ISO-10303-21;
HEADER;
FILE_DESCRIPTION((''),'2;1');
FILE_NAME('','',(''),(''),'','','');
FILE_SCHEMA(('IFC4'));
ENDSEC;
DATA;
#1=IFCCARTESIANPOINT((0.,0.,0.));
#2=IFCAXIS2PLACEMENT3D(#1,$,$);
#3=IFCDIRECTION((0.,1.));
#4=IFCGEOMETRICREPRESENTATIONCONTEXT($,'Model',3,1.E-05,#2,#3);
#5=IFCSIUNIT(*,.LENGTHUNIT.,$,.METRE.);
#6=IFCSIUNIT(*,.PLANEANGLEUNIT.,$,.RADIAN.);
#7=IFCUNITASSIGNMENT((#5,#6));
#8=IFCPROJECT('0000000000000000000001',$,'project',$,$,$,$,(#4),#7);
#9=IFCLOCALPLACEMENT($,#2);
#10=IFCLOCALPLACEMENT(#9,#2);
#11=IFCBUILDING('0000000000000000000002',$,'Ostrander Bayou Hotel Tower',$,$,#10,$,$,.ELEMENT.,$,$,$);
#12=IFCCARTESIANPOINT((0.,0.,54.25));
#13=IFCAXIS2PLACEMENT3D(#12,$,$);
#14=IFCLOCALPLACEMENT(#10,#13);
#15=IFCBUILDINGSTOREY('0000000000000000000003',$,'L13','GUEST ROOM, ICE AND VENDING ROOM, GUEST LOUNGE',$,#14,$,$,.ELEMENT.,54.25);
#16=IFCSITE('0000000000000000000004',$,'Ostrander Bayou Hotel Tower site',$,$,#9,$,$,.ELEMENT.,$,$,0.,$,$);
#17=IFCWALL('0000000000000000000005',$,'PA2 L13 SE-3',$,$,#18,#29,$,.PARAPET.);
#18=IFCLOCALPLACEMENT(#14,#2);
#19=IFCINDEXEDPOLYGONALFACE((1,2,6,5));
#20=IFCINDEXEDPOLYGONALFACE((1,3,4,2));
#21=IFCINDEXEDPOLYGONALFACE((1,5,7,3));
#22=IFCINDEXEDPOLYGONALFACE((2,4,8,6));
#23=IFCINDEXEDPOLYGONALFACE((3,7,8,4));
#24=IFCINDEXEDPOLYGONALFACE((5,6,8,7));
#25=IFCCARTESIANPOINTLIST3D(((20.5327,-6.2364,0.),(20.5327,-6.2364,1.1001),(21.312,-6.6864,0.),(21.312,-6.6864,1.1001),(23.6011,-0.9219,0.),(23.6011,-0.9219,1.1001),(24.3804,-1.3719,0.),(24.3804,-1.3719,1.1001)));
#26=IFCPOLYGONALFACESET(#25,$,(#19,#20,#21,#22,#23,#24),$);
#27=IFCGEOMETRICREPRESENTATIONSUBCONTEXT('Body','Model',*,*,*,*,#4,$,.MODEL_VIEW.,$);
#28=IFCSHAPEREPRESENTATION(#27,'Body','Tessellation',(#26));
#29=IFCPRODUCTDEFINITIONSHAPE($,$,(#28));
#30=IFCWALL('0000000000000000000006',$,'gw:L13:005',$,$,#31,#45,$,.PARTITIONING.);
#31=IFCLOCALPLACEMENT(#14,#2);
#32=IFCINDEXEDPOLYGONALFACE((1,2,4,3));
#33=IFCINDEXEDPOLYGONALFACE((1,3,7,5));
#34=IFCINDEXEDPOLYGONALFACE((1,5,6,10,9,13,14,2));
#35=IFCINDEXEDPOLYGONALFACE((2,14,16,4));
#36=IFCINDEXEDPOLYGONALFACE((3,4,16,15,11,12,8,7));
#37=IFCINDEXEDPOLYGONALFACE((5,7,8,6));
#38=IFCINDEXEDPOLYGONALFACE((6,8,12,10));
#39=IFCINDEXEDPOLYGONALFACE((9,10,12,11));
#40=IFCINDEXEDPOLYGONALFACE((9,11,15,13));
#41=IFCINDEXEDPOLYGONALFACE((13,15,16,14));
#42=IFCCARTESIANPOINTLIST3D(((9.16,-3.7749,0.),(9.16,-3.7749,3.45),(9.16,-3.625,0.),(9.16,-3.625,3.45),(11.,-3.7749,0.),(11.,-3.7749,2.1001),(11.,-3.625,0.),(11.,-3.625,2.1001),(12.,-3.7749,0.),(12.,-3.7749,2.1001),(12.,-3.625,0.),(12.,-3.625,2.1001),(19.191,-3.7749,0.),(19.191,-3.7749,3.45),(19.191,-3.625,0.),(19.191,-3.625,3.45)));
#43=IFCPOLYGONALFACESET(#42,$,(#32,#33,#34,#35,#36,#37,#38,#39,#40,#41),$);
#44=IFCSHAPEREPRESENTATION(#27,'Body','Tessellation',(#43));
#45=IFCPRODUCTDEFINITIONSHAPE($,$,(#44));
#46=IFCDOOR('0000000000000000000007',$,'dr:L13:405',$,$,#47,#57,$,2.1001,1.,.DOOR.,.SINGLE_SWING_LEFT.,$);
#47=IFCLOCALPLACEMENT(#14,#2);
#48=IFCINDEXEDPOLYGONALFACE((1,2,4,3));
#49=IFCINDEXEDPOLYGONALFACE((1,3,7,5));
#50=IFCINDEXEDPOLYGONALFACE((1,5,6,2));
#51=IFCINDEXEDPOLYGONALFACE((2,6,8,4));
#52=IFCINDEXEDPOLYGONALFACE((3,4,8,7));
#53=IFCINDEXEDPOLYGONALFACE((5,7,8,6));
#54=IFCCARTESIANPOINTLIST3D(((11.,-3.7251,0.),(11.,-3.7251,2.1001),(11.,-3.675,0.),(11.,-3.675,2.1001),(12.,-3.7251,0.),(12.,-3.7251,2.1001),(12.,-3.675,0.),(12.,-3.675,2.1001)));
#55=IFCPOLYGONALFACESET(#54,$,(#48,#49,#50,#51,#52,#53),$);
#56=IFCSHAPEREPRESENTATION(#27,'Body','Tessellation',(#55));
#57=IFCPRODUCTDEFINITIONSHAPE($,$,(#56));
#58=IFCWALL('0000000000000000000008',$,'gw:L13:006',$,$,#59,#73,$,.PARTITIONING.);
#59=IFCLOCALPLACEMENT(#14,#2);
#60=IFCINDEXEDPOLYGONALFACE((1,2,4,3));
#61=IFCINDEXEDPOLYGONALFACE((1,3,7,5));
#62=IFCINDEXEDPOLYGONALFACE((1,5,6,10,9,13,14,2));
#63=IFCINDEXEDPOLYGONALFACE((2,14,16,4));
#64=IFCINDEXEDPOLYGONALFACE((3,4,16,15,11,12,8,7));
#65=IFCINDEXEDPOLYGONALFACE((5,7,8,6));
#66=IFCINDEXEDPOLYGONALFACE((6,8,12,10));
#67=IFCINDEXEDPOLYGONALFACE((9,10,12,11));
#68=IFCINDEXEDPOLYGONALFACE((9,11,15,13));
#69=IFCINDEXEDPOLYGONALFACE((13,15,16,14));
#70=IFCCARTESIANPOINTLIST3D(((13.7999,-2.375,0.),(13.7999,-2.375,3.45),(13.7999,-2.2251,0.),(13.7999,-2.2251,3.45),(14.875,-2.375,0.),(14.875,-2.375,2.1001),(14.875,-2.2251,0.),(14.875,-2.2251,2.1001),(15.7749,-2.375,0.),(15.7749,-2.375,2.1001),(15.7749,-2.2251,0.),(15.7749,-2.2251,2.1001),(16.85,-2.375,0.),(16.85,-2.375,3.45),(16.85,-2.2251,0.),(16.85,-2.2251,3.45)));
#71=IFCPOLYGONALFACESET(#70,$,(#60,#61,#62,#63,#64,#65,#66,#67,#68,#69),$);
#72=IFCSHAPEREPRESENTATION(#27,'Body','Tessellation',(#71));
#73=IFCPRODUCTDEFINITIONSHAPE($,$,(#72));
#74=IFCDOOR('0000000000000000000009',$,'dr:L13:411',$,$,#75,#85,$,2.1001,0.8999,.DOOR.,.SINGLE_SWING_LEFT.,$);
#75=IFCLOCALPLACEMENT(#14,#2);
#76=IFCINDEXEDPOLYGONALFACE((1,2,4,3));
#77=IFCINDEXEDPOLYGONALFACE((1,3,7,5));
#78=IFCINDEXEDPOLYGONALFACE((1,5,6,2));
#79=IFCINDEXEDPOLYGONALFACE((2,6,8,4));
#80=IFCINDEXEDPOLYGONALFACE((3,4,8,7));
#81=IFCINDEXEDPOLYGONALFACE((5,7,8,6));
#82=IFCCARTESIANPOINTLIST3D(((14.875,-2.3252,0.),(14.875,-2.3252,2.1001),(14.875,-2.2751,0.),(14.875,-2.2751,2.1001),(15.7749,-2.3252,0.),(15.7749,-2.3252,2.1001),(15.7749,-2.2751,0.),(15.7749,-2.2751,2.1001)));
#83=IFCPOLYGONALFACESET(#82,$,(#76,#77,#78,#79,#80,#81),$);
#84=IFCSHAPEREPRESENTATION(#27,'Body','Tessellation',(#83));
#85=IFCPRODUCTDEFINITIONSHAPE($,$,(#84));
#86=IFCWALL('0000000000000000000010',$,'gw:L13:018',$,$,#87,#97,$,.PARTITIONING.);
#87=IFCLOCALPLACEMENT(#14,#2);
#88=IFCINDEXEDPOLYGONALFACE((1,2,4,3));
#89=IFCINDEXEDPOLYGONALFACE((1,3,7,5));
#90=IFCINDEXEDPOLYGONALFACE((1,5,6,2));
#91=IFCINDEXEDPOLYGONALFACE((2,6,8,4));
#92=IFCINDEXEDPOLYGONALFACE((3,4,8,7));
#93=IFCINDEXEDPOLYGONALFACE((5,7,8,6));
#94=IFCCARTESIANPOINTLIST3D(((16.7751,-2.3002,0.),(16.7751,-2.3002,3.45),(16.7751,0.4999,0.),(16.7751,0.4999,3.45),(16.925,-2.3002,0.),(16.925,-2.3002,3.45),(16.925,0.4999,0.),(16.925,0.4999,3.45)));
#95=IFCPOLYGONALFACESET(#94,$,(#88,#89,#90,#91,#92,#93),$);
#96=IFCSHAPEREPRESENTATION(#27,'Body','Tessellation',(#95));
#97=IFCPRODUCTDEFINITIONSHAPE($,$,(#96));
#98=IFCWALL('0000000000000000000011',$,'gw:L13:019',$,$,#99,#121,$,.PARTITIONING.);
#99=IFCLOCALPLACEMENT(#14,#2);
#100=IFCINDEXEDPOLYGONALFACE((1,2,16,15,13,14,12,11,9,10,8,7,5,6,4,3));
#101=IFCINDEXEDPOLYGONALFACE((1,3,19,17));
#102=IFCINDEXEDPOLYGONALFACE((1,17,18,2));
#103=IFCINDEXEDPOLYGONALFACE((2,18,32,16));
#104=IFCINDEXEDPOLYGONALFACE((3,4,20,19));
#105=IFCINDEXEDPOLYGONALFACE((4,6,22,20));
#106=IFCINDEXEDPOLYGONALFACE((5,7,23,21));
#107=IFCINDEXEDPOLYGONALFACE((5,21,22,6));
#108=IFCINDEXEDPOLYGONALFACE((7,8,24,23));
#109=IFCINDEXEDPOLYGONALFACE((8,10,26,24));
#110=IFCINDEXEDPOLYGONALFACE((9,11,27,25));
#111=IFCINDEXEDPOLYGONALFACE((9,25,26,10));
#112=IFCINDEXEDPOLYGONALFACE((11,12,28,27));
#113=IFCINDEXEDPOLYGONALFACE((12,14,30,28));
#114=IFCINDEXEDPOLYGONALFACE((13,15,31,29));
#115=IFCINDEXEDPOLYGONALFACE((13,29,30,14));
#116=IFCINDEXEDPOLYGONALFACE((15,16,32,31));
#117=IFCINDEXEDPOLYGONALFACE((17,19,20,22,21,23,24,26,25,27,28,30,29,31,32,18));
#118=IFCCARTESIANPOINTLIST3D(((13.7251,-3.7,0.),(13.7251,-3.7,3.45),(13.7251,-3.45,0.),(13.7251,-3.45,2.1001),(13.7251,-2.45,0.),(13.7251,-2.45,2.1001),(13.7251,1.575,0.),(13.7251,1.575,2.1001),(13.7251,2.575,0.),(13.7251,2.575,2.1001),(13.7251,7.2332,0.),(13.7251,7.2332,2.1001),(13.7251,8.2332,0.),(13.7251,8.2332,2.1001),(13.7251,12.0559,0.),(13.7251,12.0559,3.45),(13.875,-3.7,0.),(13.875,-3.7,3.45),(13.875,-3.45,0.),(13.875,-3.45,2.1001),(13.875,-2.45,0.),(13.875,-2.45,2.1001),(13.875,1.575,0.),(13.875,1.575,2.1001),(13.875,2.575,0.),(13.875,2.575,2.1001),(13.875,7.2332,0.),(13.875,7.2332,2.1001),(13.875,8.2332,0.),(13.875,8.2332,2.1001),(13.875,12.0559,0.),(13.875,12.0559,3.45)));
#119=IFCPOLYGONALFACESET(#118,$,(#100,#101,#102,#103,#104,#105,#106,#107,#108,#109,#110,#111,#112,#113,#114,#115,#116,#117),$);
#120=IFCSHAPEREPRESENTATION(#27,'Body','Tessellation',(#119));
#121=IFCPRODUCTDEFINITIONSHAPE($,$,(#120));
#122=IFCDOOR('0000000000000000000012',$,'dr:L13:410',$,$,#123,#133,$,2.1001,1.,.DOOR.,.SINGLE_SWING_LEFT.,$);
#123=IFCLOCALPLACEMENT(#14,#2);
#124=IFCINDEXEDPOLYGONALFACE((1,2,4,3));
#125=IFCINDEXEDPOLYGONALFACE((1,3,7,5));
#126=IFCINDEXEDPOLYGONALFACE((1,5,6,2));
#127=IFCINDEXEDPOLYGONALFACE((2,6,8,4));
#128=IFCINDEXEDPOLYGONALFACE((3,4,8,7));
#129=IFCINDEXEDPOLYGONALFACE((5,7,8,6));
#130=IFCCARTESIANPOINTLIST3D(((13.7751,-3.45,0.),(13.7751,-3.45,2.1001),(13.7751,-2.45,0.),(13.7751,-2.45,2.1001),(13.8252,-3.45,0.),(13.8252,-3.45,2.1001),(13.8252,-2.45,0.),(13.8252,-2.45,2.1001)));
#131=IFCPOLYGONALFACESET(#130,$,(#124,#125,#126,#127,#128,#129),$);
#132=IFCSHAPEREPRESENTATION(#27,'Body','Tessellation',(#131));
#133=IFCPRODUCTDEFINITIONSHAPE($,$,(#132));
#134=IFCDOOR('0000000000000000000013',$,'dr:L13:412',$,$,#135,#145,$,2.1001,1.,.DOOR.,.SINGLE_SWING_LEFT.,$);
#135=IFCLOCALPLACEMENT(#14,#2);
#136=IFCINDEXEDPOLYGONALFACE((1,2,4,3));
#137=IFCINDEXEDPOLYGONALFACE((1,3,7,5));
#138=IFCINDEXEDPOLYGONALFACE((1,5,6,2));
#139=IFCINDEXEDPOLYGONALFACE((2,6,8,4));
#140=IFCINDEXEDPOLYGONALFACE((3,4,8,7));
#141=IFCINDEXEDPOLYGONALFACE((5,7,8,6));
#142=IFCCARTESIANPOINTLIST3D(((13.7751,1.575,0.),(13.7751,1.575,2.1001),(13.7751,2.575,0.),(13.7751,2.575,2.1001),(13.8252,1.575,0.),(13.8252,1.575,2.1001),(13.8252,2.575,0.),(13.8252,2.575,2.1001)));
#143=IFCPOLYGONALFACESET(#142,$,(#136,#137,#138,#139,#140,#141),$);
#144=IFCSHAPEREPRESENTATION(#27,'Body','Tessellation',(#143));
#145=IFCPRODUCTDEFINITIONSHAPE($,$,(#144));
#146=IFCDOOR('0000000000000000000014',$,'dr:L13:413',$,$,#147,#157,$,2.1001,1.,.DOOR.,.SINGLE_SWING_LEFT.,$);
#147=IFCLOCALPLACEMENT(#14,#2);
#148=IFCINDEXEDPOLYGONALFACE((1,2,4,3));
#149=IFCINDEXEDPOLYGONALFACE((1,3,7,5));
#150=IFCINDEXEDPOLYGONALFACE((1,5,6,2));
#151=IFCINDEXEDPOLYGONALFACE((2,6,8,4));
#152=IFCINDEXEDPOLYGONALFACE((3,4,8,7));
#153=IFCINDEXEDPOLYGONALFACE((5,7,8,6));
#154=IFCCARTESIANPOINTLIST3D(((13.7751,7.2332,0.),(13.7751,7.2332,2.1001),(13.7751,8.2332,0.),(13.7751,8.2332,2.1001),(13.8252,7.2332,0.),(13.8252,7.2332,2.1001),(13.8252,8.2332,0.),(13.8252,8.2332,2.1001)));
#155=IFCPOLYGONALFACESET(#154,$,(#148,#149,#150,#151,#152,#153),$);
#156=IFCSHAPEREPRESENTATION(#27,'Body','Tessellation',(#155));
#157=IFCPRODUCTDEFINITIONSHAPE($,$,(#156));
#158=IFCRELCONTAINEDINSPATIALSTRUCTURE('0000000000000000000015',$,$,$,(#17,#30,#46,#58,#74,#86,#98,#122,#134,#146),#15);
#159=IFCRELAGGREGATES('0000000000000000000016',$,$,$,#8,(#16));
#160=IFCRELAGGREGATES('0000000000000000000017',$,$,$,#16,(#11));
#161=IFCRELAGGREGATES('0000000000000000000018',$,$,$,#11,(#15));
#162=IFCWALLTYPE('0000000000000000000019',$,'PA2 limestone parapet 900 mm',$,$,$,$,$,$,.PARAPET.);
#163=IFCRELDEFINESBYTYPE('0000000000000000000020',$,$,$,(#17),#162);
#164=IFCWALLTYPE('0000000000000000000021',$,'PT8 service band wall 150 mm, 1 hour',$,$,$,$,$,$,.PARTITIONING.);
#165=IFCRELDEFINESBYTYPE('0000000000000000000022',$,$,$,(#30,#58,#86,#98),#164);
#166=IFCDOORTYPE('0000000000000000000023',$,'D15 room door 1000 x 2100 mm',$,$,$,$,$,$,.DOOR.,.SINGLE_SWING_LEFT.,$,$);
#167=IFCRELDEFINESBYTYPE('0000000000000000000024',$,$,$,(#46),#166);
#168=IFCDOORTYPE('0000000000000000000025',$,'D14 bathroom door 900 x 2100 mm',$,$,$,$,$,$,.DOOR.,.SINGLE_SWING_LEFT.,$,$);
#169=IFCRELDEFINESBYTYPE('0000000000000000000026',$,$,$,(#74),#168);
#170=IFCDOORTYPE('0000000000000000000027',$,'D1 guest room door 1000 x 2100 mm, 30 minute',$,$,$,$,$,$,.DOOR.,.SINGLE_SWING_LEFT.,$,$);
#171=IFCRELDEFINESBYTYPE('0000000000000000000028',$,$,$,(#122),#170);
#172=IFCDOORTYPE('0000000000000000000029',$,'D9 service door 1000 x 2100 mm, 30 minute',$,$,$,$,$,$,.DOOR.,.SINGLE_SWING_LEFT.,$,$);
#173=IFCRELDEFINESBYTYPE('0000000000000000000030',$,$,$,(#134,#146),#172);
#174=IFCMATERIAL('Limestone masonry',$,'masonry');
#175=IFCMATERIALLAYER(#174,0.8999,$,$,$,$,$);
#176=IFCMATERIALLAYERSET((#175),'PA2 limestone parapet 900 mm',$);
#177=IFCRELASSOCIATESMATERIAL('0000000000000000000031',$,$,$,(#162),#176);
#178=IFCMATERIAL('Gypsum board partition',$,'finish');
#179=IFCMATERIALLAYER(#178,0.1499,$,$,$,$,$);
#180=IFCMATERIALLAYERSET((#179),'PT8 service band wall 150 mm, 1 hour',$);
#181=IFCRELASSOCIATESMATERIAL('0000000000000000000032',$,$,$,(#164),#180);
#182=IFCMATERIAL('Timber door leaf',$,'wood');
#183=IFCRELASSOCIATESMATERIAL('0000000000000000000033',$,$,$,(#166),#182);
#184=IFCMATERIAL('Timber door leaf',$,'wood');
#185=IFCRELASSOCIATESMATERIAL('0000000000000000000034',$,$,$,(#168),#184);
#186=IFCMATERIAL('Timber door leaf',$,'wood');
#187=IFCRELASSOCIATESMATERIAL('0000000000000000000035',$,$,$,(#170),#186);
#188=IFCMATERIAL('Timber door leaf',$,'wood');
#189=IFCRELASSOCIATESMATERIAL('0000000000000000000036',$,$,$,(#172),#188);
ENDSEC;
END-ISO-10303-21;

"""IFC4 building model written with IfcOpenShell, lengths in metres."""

from ifc_helpers import new_model, si_unit, direction, frame, frame_2d, origin, place, context, subcontext, project, spatial, rectangle, extrude, material, layer, layer_set, type_object, element, fill, save


model = new_model("IFC4")

# Units and contexts
model_context = context("Model", 3, precision=1e-05, world=origin(), true_north=direction((0.0, 1.0)))
body_context = subcontext(model_context, "Body", "Model", "MODEL_VIEW")
ifc_project = project(units=[si_unit("LENGTHUNIT", "METRE"), si_unit("PLANEANGLEUNIT", "RADIAN")], contexts=[model_context])

# Site, building, storey
site_placement = place(None, origin())
site = spatial("IfcSite", under=ifc_project, at=site_placement, Name="Ostrander Bayou Hotel Tower site", CompositionType="ELEMENT", RefElevation=0.0)
building_placement = place(site_placement, origin())
building = spatial("IfcBuilding", under=site, at=building_placement, Name="Ostrander Bayou Hotel Tower", CompositionType="ELEMENT")
storey_placement = place(building_placement, frame((0.0, 0.0, 54.25)))
storey = spatial("IfcBuildingStorey", under=building, at=storey_placement, Name="L13", Description="GUEST ROOM, ICE AND VENDING ROOM, GUEST LOUNGE", CompositionType="ELEMENT", Elevation=54.25)

# Wall
ifc_material_1 = material(Name="Limestone masonry", Category="masonry")
ifc_layer_1 = layer(ifc_material_1, 0.8999)
ifc_layer_set_1 = layer_set([ifc_layer_1], Name="PA2 limestone parapet 900 mm")
wall_type_1 = type_object("IfcWallType", Name="PA2 limestone parapet 900 mm", PredefinedType="PARAPET", material=ifc_layer_set_1)
wall_1_placement = place(storey_placement, frame((20.9224, -6.4614, 0.0), z_axis=(0.0, 0.0, 1.0), x_axis=(0.500007, 0.866021, 0.0)))
element("IfcWall", 1, at=wall_1_placement, inside=storey, type_object=wall_type_1, Name="PA2 L13 SE-3", PredefinedType="PARAPET", context=body_context, shape_type="SweptSolid", body=[
    extrude(rectangle(XDim=6.1367, YDim=0.8999, at=frame_2d((3.0684, 0.0))), origin(), (0.0, 0.0, 1.0), 1.1001),
])

# Walls, openings, doors
ifc_material_2 = material(Name="Gypsum board partition", Category="finish")
ifc_layer_2 = layer(ifc_material_2, 0.1499)
ifc_layer_set_2 = layer_set([ifc_layer_2], Name="PT8 service band wall 150 mm, 1 hour")
wall_type_2 = type_object("IfcWallType", Name="PT8 service band wall 150 mm, 1 hour", PredefinedType="PARTITIONING", material=ifc_layer_set_2)
wall_2_placement = place(storey_placement, frame((9.1599, -3.7, 0.0), z_axis=(0.0, 0.0, 1.0), x_axis=(1.0, 0.0, 0.0)))
wall_2 = element("IfcWall", 2, at=wall_2_placement, inside=storey, type_object=wall_type_2, Name="gw:L13:005", PredefinedType="PARTITIONING", context=body_context, shape_type="SweptSolid", body=[
    extrude(rectangle(XDim=10.031, YDim=0.1499, at=frame_2d((5.0156, 0.0))), origin(), (0.0, 0.0, 1.0), 3.45),
])
opening_1_placement = place(wall_2_placement, frame((1.8401, 0.0, 0.0)))
opening_1 = element("IfcOpeningElement", 3, at=opening_1_placement, cuts=wall_2, PredefinedType="OPENING", context=body_context, shape_type="SweptSolid", body=[
    extrude(rectangle(XDim=1.0, YDim=2.1001, at=frame_2d((0.5, 1.05))), frame((0.0, 0.075, 0.0), z_axis=(0.0, -1.0, 0.0), x_axis=(1.0, 0.0, 0.0)), (0.0, 0.0, 1.0), 0.1499),
])
ifc_material_3 = material(Name="Timber door leaf", Category="wood")
door_type_1 = type_object("IfcDoorType", Name="D15 room door 1000 x 2100 mm", OperationType="SINGLE_SWING_LEFT", PredefinedType="DOOR", material=ifc_material_3)
door_1_placement = place(opening_1_placement, origin())
door_1 = element("IfcDoor", 4, at=door_1_placement, inside=storey, type_object=door_type_1, Name="dr:L13:405", OperationType="SINGLE_SWING_LEFT", OverallHeight=2.1001, OverallWidth=1.0, PredefinedType="DOOR", context=body_context, shape_type="SweptSolid", body=[
    extrude(rectangle(XDim=1.0, YDim=2.1001, at=frame_2d((0.5, 1.05))), frame((0.0, 0.0249, 0.0), z_axis=(0.0, -1.0, 0.0), x_axis=(1.0, 0.0, 0.0)), (0.0, 0.0, 1.0), 0.05),
])
fill(opening_1, door_1)
wall_3_placement = place(storey_placement, frame((13.8, -2.3, 0.0), z_axis=(0.0, 0.0, 1.0), x_axis=(1.0, 0.0, 0.0)))
wall_3 = element("IfcWall", 5, at=wall_3_placement, inside=storey, type_object=wall_type_2, Name="gw:L13:006", PredefinedType="PARTITIONING", context=body_context, shape_type="SweptSolid", body=[
    extrude(rectangle(XDim=3.05, YDim=0.1499, at=frame_2d((1.5249, 0.0))), origin(), (0.0, 0.0, 1.0), 3.45),
])
opening_2_placement = place(wall_3_placement, frame((1.075, 0.0, 0.0)))
opening_2 = element("IfcOpeningElement", 6, at=opening_2_placement, cuts=wall_3, PredefinedType="OPENING", context=body_context, shape_type="SweptSolid", body=[
    extrude(rectangle(XDim=0.8999, YDim=2.1001, at=frame_2d((0.45, 1.05))), frame((0.0, 0.075, 0.0), z_axis=(0.0, -1.0, 0.0), x_axis=(1.0, 0.0, 0.0)), (0.0, 0.0, 1.0), 0.1499),
])
ifc_material_4 = material(Name="Timber door leaf", Category="wood")
door_type_2 = type_object("IfcDoorType", Name="D14 bathroom door 900 x 2100 mm", OperationType="SINGLE_SWING_LEFT", PredefinedType="DOOR", material=ifc_material_4)
door_2_placement = place(opening_2_placement, origin())
door_2 = element("IfcDoor", 7, at=door_2_placement, inside=storey, type_object=door_type_2, Name="dr:L13:411", OperationType="SINGLE_SWING_LEFT", OverallHeight=2.1001, OverallWidth=0.8999, PredefinedType="DOOR", context=body_context, shape_type="SweptSolid", body=[
    extrude(rectangle(XDim=0.8999, YDim=2.1001, at=frame_2d((0.45, 1.05))), frame((0.0, 0.0249, 0.0), z_axis=(0.0, -1.0, 0.0), x_axis=(1.0, 0.0, 0.0)), (0.0, 0.0, 1.0), 0.05),
])
fill(opening_2, door_2)

# Wall
wall_4_placement = place(storey_placement, frame((16.8501, -2.3, 0.0), z_axis=(0.0, 0.0, 1.0), x_axis=(0.0, 1.0, 0.0)))
element("IfcWall", 8, at=wall_4_placement, inside=storey, type_object=wall_type_2, Name="gw:L13:018", PredefinedType="PARTITIONING", context=body_context, shape_type="SweptSolid", body=[
    extrude(rectangle(XDim=2.8, YDim=0.1499, at=frame_2d((1.3999, 0.0))), origin(), (0.0, 0.0, 1.0), 3.45),
])

# Wall, openings, doors
wall_5_placement = place(storey_placement, frame((13.8, -3.7, 0.0), z_axis=(0.0, 0.0, 1.0), x_axis=(0.0, 1.0, 0.0)))
wall_5 = element("IfcWall", 9, at=wall_5_placement, inside=storey, type_object=wall_type_2, Name="gw:L13:019", PredefinedType="PARTITIONING", context=body_context, shape_type="SweptSolid", body=[
    extrude(rectangle(XDim=15.7559, YDim=0.1499, at=frame_2d((7.8779, 0.0))), origin(), (0.0, 0.0, 1.0), 3.45),
])
opening_3_placement = place(wall_5_placement, frame((0.25, 0.0, 0.0)))
opening_3 = element("IfcOpeningElement", 10, at=opening_3_placement, cuts=wall_5, PredefinedType="OPENING", context=body_context, shape_type="SweptSolid", body=[
    extrude(rectangle(XDim=1.0, YDim=2.1001, at=frame_2d((0.5, 1.05))), frame((0.0, 0.075, 0.0), z_axis=(0.0, -1.0, 0.0), x_axis=(1.0, 0.0, 0.0)), (0.0, 0.0, 1.0), 0.1499),
])
opening_4_placement = place(wall_5_placement, frame((5.2749, 0.0, 0.0)))
opening_4 = element("IfcOpeningElement", 11, at=opening_4_placement, cuts=wall_5, PredefinedType="OPENING", context=body_context, shape_type="SweptSolid", body=[
    extrude(rectangle(XDim=1.0, YDim=2.1001, at=frame_2d((0.5, 1.05))), frame((0.0, 0.075, 0.0), z_axis=(0.0, -1.0, 0.0), x_axis=(1.0, 0.0, 0.0)), (0.0, 0.0, 1.0), 0.1499),
])
opening_5_placement = place(wall_5_placement, frame((10.9331, 0.0, 0.0)))
opening_5 = element("IfcOpeningElement", 12, at=opening_5_placement, cuts=wall_5, PredefinedType="OPENING", context=body_context, shape_type="SweptSolid", body=[
    extrude(rectangle(XDim=1.0, YDim=2.1001, at=frame_2d((0.5, 1.05))), frame((0.0, 0.075, 0.0), z_axis=(0.0, -1.0, 0.0), x_axis=(1.0, 0.0, 0.0)), (0.0, 0.0, 1.0), 0.1499),
])
ifc_material_5 = material(Name="Timber door leaf", Category="wood")
door_type_3 = type_object("IfcDoorType", Name="D1 guest room door 1000 x 2100 mm, 30 minute", OperationType="SINGLE_SWING_LEFT", PredefinedType="DOOR", material=ifc_material_5)
door_3_placement = place(opening_3_placement, origin())
door_3 = element("IfcDoor", 13, at=door_3_placement, inside=storey, type_object=door_type_3, Name="dr:L13:410", OperationType="SINGLE_SWING_LEFT", OverallHeight=2.1001, OverallWidth=1.0, PredefinedType="DOOR", context=body_context, shape_type="SweptSolid", body=[
    extrude(rectangle(XDim=1.0, YDim=2.1001, at=frame_2d((0.5, 1.05))), frame((0.0, 0.0249, 0.0), z_axis=(0.0, -1.0, 0.0), x_axis=(1.0, 0.0, 0.0)), (0.0, 0.0, 1.0), 0.05),
])
fill(opening_3, door_3)
ifc_material_6 = material(Name="Timber door leaf", Category="wood")
door_type_4 = type_object("IfcDoorType", Name="D9 service door 1000 x 2100 mm, 30 minute", OperationType="SINGLE_SWING_LEFT", PredefinedType="DOOR", material=ifc_material_6)
door_4_placement = place(opening_4_placement, origin())
door_4 = element("IfcDoor", 14, at=door_4_placement, inside=storey, type_object=door_type_4, Name="dr:L13:412", OperationType="SINGLE_SWING_LEFT", OverallHeight=2.1001, OverallWidth=1.0, PredefinedType="DOOR", context=body_context, shape_type="SweptSolid", body=[
    extrude(rectangle(XDim=1.0, YDim=2.1001, at=frame_2d((0.5, 1.05))), frame((0.0, 0.0249, 0.0), z_axis=(0.0, -1.0, 0.0), x_axis=(1.0, 0.0, 0.0)), (0.0, 0.0, 1.0), 0.05),
])
fill(opening_4, door_4)
door_5_placement = place(opening_5_placement, origin())
door_5 = element("IfcDoor", 15, at=door_5_placement, inside=storey, type_object=door_type_4, Name="dr:L13:413", OperationType="SINGLE_SWING_LEFT", OverallHeight=2.1001, OverallWidth=1.0, PredefinedType="DOOR", context=body_context, shape_type="SweptSolid", body=[
    extrude(rectangle(XDim=1.0, YDim=2.1001, at=frame_2d((0.5, 1.05))), frame((0.0, 0.0249, 0.0), z_axis=(0.0, -1.0, 0.0), x_axis=(1.0, 0.0, 0.0)), (0.0, 0.0, 1.0), 0.05),
])
fill(opening_5, door_5)

save(model, "model.ifc")
